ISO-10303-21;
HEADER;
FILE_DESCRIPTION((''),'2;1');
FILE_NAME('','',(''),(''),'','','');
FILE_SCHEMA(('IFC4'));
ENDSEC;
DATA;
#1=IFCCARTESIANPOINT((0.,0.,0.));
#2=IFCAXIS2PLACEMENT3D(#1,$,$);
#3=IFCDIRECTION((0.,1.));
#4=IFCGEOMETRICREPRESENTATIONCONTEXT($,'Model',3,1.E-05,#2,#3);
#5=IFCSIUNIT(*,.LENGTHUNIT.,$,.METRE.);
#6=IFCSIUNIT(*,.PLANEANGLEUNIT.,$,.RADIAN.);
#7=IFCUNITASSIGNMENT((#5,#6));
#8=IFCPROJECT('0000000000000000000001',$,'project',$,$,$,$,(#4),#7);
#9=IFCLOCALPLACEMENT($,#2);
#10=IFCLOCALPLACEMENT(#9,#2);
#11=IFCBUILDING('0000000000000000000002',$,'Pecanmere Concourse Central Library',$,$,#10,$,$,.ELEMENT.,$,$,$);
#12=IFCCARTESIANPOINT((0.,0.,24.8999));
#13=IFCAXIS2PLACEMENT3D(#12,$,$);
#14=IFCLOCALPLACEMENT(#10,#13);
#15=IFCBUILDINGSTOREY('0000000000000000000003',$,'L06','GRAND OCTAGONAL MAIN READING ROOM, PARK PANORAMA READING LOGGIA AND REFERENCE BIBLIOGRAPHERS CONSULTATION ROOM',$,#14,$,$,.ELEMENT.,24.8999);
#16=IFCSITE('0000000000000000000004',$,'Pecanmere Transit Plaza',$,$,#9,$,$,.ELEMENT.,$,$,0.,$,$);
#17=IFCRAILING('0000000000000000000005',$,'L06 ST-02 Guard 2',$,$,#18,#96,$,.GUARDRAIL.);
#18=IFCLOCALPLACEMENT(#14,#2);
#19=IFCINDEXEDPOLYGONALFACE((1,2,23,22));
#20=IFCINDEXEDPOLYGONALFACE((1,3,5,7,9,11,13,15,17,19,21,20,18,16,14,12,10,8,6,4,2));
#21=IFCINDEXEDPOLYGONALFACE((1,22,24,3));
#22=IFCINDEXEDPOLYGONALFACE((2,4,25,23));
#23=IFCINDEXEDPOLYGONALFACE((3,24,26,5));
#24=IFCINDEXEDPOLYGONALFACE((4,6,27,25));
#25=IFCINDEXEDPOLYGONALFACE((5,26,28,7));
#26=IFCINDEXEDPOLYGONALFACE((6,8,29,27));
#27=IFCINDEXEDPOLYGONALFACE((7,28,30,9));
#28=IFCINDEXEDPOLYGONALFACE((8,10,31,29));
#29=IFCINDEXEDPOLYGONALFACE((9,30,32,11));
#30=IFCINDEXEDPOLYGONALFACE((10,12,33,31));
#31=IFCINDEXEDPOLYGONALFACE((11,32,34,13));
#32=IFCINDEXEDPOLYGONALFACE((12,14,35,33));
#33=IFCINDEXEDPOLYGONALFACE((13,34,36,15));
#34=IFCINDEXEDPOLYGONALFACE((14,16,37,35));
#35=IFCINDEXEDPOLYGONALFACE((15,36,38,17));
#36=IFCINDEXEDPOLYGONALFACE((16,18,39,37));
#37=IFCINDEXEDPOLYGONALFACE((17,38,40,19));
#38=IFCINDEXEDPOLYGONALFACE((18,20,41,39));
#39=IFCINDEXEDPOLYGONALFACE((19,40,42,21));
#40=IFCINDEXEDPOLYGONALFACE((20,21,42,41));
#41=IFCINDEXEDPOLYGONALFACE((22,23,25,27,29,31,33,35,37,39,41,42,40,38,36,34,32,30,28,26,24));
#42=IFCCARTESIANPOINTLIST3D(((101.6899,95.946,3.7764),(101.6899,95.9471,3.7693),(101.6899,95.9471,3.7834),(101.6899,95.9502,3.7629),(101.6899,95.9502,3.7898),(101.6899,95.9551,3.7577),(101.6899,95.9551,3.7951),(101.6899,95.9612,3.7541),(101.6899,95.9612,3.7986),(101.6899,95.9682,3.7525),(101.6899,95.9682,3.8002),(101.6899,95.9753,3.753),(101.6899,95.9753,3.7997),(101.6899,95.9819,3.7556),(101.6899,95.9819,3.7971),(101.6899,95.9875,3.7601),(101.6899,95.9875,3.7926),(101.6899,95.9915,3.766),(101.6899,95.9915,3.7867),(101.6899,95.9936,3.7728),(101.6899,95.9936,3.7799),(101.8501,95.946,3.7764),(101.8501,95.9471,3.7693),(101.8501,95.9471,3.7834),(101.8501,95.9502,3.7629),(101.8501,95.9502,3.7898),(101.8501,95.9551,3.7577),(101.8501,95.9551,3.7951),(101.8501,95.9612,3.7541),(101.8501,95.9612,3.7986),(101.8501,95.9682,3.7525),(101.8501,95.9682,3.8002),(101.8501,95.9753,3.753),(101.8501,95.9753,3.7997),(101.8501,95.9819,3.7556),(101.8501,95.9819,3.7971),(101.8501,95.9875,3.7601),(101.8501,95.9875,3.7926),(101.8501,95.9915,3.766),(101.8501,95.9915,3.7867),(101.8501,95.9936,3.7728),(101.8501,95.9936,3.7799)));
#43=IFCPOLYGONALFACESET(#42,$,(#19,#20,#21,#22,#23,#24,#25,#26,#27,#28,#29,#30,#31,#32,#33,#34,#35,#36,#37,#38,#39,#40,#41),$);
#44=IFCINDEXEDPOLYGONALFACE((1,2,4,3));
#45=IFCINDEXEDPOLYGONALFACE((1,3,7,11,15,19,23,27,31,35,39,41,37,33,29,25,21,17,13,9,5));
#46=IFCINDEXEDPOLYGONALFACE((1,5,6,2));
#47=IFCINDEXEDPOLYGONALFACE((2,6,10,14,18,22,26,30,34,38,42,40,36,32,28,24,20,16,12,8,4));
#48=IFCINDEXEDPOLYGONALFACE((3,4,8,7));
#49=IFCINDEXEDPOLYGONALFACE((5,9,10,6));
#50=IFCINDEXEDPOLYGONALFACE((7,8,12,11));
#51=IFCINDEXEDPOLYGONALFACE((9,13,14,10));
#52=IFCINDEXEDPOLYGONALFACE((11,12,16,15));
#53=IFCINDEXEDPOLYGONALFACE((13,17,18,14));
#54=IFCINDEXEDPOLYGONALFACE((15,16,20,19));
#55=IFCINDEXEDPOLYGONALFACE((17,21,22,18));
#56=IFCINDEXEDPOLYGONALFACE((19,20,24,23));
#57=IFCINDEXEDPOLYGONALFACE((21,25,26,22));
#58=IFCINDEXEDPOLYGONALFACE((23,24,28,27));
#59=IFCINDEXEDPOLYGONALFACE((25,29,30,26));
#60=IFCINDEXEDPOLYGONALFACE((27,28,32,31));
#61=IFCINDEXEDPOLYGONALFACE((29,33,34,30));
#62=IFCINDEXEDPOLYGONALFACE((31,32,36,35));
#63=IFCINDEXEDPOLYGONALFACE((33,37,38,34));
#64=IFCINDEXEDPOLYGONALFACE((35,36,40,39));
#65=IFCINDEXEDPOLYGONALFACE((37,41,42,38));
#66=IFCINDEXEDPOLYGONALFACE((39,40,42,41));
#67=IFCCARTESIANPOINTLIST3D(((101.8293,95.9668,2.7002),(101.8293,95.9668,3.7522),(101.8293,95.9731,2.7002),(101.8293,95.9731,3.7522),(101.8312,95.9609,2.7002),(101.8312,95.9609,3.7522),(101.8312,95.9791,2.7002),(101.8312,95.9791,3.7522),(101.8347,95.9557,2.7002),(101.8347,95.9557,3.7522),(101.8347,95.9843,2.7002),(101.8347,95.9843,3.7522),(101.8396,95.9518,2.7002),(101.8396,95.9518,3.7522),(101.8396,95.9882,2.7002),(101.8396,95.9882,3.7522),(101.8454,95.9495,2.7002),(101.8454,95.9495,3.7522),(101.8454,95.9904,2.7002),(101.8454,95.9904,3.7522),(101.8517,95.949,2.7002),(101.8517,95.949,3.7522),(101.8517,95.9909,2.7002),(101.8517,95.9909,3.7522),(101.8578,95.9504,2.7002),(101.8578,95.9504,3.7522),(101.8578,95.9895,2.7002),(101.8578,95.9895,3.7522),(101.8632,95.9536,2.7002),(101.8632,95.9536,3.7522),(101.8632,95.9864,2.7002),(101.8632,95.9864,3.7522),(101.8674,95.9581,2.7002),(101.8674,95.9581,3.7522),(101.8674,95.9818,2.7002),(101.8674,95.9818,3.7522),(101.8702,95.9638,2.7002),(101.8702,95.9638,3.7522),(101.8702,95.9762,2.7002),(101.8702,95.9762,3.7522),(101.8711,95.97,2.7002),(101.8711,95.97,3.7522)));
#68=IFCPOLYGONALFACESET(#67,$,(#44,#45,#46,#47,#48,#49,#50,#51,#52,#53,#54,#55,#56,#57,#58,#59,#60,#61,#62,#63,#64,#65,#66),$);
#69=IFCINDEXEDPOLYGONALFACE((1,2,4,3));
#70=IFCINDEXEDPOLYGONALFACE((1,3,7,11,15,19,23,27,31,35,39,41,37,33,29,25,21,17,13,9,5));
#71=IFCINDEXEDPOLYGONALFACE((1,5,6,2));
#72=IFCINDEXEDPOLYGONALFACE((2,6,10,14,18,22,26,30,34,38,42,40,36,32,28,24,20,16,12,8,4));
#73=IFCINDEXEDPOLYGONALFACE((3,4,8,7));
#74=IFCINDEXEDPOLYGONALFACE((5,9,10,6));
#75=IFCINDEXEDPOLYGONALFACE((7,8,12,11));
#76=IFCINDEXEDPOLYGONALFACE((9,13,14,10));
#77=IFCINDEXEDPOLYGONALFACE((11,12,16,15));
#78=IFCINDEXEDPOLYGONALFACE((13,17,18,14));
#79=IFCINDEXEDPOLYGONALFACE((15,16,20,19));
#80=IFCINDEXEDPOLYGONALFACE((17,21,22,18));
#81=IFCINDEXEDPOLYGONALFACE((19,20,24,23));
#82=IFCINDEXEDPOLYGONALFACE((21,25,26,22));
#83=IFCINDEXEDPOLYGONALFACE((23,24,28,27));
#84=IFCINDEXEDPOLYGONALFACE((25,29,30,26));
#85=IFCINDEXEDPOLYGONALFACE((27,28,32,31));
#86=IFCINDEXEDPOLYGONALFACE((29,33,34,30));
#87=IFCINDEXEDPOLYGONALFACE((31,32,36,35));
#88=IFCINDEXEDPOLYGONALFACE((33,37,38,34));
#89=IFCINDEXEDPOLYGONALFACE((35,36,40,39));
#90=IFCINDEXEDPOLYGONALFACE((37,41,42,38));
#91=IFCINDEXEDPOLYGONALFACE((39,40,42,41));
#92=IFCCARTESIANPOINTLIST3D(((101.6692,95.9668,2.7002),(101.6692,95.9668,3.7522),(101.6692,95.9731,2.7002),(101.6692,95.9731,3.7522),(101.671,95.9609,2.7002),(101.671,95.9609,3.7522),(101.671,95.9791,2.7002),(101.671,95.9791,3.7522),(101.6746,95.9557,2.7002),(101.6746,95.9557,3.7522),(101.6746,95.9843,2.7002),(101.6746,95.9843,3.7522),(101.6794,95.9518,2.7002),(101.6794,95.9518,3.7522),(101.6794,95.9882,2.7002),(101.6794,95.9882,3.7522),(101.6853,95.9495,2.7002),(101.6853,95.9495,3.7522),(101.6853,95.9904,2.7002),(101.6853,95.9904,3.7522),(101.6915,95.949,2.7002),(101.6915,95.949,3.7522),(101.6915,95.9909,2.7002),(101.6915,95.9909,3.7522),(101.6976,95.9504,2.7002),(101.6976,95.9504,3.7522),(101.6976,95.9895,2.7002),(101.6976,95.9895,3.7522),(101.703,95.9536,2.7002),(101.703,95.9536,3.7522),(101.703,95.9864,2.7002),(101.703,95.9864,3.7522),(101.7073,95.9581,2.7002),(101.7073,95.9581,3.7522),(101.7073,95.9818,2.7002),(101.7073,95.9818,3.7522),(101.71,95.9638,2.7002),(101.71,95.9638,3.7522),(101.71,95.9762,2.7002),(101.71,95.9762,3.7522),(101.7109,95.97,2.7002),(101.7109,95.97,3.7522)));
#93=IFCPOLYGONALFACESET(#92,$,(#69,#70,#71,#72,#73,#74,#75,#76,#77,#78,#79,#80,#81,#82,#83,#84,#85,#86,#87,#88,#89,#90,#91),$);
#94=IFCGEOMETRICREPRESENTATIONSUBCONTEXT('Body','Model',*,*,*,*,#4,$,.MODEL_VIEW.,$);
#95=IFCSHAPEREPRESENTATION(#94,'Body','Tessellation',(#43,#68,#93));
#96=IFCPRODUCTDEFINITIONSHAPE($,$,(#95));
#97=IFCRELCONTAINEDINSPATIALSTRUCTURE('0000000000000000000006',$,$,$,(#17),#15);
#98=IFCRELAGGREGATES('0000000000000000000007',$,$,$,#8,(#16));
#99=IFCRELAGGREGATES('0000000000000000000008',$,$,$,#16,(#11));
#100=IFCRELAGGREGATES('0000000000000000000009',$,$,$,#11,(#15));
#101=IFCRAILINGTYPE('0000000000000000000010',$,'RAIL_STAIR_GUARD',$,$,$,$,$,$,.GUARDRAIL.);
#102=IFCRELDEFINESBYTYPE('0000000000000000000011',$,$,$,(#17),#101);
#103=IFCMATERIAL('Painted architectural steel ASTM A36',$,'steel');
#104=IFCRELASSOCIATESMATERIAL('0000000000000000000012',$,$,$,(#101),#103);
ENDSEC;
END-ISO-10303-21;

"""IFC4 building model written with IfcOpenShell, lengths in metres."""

from ifc_helpers import new_model, si_unit, direction, frame, origin, origin_2d, place, context, subcontext, project, spatial, circle, extrude, material, type_object, element, save


model = new_model("IFC4")

# Units and contexts
model_context = context("Model", 3, precision=1e-05, world=origin(), true_north=direction((0.0, 1.0)))
body_context = subcontext(model_context, "Body", "Model", "MODEL_VIEW")
ifc_project = project(units=[si_unit("LENGTHUNIT", "METRE"), si_unit("PLANEANGLEUNIT", "RADIAN")], contexts=[model_context])

# Site, building, storey
site_placement = place(None, origin())
site = spatial("IfcSite", under=ifc_project, at=site_placement, Name="Pecanmere Transit Plaza", CompositionType="ELEMENT", RefElevation=0.0)
building_placement = place(site_placement, origin())
building = spatial("IfcBuilding", under=site, at=building_placement, Name="Pecanmere Concourse Central Library", CompositionType="ELEMENT")
storey_placement = place(building_placement, frame((0.0, 0.0, 24.8999)))
storey = spatial("IfcBuildingStorey", under=building, at=storey_placement, Name="L06", Description="GRAND OCTAGONAL MAIN READING ROOM, PARK PANORAMA READING LOGGIA AND REFERENCE BIBLIOGRAPHERS CONSULTATION ROOM", CompositionType="ELEMENT", Elevation=24.8999)

# Railing
ifc_material_1 = material(Name="Painted architectural steel ASTM A36", Category="steel")
railing_type_1 = type_object("IfcRailingType", Name="RAIL_STAIR_GUARD", PredefinedType="GUARDRAIL", material=ifc_material_1)
railing_1_placement = place(storey_placement, frame((101.8501, 95.97, 2.7002)))
element("IfcRailing", 1, at=railing_1_placement, inside=storey, type_object=railing_type_1, Name="L06 ST-02 Guard 2", PredefinedType="GUARDRAIL", context=body_context, shape_type="SweptSolid", body=[
    extrude(circle(Radius=0.0239, at=origin_2d()), frame((0.0, 0.0, 1.0762), z_axis=(-1.0, 0.0, 0.0), x_axis=(0.0, -1.0, 0.0)), (0.0, 0.0, 1.0), 0.1602),
    extrude(circle(Radius=0.021, at=origin_2d()), origin(), (0.0, 0.0, 1.0), 1.052),
    extrude(circle(Radius=0.021, at=origin_2d()), frame((-0.1602, 0.0, 0.0)), (0.0, 0.0, 1.0), 1.052),
])

save(model, "model.ifc")
